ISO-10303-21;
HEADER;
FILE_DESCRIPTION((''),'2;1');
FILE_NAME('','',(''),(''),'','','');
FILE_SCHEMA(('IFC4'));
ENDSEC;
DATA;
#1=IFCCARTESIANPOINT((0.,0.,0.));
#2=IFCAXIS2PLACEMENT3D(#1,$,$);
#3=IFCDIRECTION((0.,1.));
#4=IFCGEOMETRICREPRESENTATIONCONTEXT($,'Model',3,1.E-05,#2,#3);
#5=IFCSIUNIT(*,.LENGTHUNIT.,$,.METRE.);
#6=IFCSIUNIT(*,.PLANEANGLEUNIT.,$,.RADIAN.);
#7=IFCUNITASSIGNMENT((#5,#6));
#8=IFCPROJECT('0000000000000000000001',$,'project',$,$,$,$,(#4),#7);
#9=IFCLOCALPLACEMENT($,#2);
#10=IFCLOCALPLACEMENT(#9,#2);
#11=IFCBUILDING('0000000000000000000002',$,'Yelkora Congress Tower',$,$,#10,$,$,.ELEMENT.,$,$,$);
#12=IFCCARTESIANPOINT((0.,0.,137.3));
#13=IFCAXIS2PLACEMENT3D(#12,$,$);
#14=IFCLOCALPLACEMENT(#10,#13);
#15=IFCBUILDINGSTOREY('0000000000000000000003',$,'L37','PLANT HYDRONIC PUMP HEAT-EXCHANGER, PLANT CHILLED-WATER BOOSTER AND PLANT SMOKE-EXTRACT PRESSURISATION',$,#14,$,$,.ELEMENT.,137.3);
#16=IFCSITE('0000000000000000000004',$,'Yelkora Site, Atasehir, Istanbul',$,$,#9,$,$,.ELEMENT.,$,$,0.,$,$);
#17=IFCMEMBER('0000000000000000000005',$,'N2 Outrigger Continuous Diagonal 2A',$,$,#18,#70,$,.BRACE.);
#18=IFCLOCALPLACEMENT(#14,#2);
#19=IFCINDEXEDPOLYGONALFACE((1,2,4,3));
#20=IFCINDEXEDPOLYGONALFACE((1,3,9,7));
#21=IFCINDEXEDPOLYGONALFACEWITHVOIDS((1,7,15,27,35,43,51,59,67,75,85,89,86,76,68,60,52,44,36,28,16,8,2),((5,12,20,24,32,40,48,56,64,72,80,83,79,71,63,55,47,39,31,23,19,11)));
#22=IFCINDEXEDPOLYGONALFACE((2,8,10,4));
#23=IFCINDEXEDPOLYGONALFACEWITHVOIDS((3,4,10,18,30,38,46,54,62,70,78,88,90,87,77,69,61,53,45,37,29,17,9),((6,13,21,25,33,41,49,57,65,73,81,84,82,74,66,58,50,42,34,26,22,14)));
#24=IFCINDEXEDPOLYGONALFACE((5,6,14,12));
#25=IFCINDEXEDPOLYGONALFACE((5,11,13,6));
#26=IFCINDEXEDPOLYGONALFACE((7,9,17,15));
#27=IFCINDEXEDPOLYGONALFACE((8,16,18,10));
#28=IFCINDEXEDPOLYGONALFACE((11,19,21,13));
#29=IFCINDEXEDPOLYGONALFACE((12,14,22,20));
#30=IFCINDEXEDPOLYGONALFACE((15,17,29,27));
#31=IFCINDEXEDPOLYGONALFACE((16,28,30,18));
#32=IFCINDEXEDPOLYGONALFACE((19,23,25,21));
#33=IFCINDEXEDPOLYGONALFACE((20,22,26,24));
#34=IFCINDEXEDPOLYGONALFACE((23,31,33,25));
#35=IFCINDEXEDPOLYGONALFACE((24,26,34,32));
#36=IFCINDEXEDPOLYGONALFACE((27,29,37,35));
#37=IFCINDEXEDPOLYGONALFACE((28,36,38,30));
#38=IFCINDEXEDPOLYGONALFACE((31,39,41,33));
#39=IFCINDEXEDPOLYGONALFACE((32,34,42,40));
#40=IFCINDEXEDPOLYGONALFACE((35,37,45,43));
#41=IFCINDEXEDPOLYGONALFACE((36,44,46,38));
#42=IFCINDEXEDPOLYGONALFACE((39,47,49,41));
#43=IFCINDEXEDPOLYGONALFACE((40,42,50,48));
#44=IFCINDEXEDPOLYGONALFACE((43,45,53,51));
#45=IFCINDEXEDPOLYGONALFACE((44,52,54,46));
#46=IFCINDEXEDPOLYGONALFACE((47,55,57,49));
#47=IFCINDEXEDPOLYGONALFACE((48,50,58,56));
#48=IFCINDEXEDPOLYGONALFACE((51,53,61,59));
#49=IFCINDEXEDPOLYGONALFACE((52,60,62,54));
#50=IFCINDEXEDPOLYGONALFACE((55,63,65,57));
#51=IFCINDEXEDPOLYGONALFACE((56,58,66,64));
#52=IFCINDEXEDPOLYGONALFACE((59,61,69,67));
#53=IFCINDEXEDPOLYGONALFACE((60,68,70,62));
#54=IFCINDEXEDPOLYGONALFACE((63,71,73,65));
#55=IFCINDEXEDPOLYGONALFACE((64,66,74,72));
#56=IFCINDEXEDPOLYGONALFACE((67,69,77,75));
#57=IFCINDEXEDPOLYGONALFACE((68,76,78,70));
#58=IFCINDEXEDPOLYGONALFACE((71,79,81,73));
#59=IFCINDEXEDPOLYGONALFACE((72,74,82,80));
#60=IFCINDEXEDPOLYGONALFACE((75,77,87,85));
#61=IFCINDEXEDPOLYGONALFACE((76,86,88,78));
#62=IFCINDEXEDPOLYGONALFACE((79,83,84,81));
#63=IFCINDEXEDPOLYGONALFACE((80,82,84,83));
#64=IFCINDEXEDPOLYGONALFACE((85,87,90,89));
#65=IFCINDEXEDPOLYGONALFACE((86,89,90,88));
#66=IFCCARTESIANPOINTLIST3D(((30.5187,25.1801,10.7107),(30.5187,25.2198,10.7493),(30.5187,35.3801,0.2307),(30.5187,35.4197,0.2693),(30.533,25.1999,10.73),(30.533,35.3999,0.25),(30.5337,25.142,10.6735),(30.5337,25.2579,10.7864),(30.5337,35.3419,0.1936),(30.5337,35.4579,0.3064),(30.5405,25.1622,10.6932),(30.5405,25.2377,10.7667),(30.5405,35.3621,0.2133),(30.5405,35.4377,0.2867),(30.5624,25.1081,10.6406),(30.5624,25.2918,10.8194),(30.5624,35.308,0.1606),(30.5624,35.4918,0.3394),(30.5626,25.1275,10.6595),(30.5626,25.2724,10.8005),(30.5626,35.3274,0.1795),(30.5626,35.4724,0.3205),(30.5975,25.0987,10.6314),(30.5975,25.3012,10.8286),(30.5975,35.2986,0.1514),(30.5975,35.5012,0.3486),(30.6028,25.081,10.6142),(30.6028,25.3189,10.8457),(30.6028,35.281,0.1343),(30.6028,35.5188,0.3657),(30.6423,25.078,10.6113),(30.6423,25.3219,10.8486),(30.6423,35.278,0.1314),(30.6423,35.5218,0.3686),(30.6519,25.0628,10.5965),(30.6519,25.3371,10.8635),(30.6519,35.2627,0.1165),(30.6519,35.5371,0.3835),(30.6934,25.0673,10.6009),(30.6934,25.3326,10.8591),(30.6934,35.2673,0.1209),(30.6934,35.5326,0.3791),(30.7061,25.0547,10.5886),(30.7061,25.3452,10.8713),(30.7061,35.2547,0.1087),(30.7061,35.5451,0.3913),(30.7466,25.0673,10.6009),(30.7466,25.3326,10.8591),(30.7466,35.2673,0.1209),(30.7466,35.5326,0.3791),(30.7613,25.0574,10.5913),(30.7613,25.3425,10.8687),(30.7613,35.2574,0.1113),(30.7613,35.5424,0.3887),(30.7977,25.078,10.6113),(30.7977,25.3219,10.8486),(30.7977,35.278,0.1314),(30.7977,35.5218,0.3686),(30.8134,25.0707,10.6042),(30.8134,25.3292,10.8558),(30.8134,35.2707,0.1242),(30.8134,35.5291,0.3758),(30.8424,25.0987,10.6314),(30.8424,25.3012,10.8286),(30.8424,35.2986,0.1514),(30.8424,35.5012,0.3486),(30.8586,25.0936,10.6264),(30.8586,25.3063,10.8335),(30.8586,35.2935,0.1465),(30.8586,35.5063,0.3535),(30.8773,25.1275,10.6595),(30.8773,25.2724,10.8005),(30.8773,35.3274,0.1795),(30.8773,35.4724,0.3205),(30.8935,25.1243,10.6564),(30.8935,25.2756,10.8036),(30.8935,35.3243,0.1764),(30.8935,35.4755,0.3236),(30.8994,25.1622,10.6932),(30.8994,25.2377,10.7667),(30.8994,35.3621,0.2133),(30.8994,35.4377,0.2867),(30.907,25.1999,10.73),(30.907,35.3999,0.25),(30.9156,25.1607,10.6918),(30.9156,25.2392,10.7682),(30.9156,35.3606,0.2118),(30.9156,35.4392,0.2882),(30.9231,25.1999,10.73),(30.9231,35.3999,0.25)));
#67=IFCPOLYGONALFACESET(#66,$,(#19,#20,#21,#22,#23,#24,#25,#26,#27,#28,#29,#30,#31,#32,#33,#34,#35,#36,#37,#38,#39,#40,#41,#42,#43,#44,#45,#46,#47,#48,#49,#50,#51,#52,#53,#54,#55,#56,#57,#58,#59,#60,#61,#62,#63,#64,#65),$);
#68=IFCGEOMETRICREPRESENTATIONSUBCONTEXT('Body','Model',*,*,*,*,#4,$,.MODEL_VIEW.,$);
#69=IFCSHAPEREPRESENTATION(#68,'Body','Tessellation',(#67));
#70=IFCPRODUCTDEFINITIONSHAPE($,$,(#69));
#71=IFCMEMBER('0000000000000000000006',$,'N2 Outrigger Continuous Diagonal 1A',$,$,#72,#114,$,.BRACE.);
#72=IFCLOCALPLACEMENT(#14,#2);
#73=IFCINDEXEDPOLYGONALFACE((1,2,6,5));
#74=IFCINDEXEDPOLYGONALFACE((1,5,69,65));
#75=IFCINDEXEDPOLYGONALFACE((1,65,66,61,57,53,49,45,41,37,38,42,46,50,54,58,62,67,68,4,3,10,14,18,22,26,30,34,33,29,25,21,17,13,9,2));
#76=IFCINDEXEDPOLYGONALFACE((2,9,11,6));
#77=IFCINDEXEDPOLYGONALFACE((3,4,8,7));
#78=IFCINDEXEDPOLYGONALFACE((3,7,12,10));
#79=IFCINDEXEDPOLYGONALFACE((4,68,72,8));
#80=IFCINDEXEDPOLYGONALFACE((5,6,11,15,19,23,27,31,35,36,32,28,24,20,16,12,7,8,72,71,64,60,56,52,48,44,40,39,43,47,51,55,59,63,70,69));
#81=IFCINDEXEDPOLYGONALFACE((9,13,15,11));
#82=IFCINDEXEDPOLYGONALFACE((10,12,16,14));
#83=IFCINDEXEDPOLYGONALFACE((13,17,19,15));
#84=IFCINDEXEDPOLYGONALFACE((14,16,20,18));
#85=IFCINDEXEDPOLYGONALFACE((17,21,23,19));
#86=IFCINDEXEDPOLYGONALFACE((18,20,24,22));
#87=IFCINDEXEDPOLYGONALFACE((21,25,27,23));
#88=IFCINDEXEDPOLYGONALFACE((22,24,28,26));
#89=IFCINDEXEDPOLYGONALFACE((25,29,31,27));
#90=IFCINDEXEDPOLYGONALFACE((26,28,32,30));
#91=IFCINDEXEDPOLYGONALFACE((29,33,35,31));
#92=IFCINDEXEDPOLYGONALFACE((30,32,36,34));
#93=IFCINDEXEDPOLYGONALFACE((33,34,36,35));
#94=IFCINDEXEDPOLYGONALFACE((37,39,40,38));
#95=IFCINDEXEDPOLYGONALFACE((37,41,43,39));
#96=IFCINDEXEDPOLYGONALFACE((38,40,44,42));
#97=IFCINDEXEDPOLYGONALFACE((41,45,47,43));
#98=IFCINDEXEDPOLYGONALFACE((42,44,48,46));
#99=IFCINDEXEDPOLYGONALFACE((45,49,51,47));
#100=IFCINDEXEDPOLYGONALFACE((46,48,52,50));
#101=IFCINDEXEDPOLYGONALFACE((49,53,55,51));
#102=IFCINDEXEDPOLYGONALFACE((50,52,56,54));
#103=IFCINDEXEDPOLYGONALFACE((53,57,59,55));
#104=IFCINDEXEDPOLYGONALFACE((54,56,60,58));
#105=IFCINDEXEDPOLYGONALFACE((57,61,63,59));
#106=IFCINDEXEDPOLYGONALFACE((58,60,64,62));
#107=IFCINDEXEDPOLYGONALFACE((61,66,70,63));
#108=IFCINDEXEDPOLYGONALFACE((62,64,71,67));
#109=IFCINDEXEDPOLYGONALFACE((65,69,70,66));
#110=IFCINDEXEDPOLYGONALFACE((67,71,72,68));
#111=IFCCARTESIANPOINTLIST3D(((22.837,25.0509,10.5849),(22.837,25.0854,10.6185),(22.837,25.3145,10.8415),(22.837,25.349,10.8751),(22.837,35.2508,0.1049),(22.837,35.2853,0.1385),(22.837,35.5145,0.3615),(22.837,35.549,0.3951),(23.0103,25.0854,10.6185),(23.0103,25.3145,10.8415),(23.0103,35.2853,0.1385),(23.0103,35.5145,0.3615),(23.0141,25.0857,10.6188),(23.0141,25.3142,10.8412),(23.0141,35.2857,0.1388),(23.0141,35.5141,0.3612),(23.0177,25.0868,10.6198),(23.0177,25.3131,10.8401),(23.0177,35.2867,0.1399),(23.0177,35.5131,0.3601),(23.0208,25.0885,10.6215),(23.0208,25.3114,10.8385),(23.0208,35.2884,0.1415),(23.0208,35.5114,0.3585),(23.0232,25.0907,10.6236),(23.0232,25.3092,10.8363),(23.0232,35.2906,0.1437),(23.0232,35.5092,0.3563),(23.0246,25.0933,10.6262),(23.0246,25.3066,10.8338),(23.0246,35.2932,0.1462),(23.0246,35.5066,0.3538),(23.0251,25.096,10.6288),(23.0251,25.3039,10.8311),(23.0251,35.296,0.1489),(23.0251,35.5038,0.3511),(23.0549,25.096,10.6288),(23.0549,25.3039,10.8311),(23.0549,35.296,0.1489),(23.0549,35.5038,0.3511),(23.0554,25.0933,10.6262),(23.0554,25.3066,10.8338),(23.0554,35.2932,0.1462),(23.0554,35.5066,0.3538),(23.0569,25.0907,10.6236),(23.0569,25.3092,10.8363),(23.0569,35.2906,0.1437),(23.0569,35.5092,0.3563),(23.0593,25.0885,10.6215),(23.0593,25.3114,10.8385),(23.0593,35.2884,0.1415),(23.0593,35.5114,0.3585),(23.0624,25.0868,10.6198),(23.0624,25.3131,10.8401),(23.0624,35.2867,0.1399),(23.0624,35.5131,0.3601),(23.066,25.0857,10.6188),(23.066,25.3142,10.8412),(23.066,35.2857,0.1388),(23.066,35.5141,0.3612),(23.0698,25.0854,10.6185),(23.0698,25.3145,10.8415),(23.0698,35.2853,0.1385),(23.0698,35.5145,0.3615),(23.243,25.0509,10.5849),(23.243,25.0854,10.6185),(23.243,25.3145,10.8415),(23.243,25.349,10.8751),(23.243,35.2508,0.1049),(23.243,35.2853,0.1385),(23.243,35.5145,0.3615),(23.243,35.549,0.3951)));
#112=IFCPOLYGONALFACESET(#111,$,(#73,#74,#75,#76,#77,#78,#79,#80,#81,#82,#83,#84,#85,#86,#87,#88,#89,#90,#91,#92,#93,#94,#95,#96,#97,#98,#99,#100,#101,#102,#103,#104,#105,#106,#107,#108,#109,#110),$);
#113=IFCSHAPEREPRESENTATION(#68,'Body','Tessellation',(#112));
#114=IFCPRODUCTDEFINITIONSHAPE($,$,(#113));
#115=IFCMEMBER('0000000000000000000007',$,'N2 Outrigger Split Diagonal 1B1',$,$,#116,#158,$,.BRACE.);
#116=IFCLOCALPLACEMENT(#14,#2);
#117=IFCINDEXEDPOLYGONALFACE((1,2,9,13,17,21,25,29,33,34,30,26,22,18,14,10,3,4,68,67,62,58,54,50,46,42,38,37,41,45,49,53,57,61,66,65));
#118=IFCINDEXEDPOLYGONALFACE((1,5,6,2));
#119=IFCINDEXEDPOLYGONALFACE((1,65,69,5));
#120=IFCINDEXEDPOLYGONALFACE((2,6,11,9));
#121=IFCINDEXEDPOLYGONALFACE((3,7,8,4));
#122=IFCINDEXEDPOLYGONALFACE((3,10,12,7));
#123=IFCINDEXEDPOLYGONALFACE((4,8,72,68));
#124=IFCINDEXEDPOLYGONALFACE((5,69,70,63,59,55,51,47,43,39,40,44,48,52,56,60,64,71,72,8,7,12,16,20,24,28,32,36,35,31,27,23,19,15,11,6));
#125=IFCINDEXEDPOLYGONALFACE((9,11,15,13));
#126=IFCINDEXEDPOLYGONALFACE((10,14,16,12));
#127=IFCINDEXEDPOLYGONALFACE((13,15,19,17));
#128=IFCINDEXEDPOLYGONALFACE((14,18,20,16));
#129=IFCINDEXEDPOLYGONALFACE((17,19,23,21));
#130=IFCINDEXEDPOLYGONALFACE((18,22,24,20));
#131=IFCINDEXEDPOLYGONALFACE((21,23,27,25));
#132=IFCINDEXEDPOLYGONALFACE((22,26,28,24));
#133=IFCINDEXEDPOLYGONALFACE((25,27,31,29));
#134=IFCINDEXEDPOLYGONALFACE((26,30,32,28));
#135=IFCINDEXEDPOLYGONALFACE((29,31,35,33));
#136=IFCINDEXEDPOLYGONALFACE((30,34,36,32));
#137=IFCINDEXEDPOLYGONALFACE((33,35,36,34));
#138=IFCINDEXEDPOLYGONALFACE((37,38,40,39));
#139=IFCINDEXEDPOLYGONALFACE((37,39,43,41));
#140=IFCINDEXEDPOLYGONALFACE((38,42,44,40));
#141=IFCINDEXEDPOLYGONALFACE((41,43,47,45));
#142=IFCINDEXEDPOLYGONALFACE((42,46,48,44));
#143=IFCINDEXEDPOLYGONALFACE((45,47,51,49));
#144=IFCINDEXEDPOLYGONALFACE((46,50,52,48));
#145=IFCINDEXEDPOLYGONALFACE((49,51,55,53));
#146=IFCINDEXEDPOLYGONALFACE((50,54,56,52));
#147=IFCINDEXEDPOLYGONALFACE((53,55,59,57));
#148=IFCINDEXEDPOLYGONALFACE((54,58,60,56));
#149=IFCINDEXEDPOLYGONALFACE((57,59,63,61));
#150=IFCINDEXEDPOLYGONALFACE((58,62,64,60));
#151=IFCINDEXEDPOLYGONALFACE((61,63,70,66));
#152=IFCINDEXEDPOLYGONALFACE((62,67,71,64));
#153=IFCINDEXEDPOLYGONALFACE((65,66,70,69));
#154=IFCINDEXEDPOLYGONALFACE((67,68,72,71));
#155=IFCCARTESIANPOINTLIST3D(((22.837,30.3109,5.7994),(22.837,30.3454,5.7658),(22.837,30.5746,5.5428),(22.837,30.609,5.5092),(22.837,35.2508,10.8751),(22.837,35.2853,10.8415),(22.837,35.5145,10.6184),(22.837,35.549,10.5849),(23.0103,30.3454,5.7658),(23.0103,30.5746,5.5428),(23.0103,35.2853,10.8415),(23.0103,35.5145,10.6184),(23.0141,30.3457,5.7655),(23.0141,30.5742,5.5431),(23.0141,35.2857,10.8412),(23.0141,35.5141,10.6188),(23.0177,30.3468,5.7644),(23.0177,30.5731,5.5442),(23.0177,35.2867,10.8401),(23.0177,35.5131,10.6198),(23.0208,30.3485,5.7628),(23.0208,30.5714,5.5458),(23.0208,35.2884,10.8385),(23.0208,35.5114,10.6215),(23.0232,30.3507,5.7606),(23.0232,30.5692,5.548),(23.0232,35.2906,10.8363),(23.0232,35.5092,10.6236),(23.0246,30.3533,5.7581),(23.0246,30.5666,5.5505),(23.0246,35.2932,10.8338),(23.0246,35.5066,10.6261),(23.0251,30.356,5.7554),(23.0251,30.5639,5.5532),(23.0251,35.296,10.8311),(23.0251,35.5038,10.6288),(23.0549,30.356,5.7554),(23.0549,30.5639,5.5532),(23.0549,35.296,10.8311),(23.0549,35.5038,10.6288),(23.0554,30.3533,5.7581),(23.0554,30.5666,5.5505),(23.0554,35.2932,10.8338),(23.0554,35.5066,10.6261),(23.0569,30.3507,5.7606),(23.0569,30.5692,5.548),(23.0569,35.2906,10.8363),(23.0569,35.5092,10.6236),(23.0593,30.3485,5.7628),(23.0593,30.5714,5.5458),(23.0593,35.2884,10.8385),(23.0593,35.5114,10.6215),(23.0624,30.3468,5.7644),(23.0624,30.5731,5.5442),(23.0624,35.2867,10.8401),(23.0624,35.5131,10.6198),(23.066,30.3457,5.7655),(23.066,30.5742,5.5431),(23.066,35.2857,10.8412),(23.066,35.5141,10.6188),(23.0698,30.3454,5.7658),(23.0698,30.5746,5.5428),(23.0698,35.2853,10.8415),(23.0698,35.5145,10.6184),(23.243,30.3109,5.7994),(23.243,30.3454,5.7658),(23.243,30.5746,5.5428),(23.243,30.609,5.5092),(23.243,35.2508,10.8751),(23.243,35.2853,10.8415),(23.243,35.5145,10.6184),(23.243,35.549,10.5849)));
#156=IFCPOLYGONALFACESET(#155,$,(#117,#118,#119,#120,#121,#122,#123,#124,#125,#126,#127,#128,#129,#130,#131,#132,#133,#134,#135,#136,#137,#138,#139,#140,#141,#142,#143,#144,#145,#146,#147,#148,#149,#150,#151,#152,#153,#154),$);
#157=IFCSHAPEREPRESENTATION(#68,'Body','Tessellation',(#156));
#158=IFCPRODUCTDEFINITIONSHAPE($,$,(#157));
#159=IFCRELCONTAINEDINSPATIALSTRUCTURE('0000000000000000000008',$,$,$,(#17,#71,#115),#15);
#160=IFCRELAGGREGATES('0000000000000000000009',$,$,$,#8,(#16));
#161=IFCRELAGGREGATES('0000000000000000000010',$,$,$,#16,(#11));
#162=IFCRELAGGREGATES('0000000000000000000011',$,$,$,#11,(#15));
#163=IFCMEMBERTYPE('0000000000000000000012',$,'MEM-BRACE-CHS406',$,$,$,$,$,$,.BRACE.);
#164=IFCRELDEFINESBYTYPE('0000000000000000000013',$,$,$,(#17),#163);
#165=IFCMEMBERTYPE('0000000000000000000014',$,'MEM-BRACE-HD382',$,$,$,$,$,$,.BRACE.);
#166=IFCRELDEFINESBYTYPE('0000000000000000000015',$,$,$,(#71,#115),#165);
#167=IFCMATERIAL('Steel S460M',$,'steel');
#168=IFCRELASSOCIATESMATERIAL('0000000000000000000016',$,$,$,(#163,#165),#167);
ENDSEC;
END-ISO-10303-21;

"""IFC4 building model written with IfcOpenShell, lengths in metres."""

from ifc_helpers import new_model, si_unit, direction, frame, origin, origin_2d, place, context, subcontext, project, spatial, hollow_circle, i_section, extrude, material, material_profile, profile_set, type_object, element, save


model = new_model("IFC4")

# Units and contexts
model_context = context("Model", 3, precision=1e-05, world=origin(), true_north=direction((0.0, 1.0)))
body_context = subcontext(model_context, "Body", "Model", "MODEL_VIEW")
ifc_project = project(units=[si_unit("LENGTHUNIT", "METRE"), si_unit("PLANEANGLEUNIT", "RADIAN")], contexts=[model_context])

# Site, building, storey
site_placement = place(None, origin())
site = spatial("IfcSite", under=ifc_project, at=site_placement, Name="Yelkora Site, Atasehir, Istanbul", CompositionType="ELEMENT", RefElevation=0.0)
building_placement = place(site_placement, origin())
building = spatial("IfcBuilding", under=site, at=building_placement, Name="Yelkora Congress Tower", CompositionType="ELEMENT")
storey_placement = place(building_placement, frame((0.0, 0.0, 137.3)))
storey = spatial("IfcBuildingStorey", under=building, at=storey_placement, Name="L37", Description="PLANT HYDRONIC PUMP HEAT-EXCHANGER, PLANT CHILLED-WATER BOOSTER AND PLANT SMOKE-EXTRACT PRESSURISATION", CompositionType="ELEMENT", Elevation=137.3)

# Shared definitions
ifc_material_1 = material(Name="Steel S460M", Category="steel")

# Members
ifc_material_profile_1 = material_profile(ifc_material_1, hollow_circle(Radius=0.2031, WallThickness=0.0161, at=origin_2d()), Name="CHS 406.4x16")
ifc_profile_set_1 = profile_set([ifc_material_profile_1], Name="Steel S460M")
member_type_1 = type_object("IfcMemberType", Name="MEM-BRACE-CHS406", PredefinedType="BRACE", material=ifc_profile_set_1)
member_1_placement = place(storey_placement, frame((30.72, 35.3999, 0.25), z_axis=(0.0, -0.697468, 0.716616), x_axis=(1.0, 0.0, 0.0)))
element("IfcMember", 1, at=member_1_placement, inside=storey, type_object=member_type_1, Name="N2 Outrigger Continuous Diagonal 2A", PredefinedType="BRACE", context=body_context, shape_type="SweptSolid", body=[
    extrude(hollow_circle(Radius=0.2031, WallThickness=0.0161, at=origin_2d()), origin(), (0.0, 0.0, 1.0), 14.6243),
])
ifc_material_profile_2 = material_profile(ifc_material_1, i_section(OverallWidth=0.406, OverallDepth=0.416, WebThickness=0.0298, FlangeThickness=0.0481, FilletRadius=0.0149, at=origin_2d()), Name="HD 400x382")
ifc_profile_set_2 = profile_set([ifc_material_profile_2], Name="Steel S460M")
member_type_2 = type_object("IfcMemberType", Name="MEM-BRACE-HD382", PredefinedType="BRACE", material=ifc_profile_set_2)
member_2_placement = place(storey_placement, frame((23.04, 35.3999, 0.25), z_axis=(0.0, -0.697468, 0.716616), x_axis=(1.0, 0.0, 0.0)))
element("IfcMember", 2, at=member_2_placement, inside=storey, type_object=member_type_2, Name="N2 Outrigger Continuous Diagonal 1A", PredefinedType="BRACE", context=body_context, shape_type="SweptSolid", body=[
    extrude(i_section(OverallWidth=0.406, OverallDepth=0.416, WebThickness=0.0298, FlangeThickness=0.0481, FilletRadius=0.0149, at=origin_2d()), origin(), (0.0, 0.0, 1.0), 14.6243),
])
member_3_placement = place(storey_placement, frame((23.04, 35.3999, 10.73), z_axis=(0.0, -0.697459, -0.716624), x_axis=(1.0, 0.0, 0.0)))
element("IfcMember", 3, at=member_3_placement, inside=storey, type_object=member_type_2, Name="N2 Outrigger Split Diagonal 1B1", PredefinedType="BRACE", context=body_context, shape_type="SweptSolid", body=[
    extrude(i_section(OverallWidth=0.406, OverallDepth=0.416, WebThickness=0.0298, FlangeThickness=0.0481, FilletRadius=0.0149, at=origin_2d()), origin(), (0.0, 0.0, 1.0), 7.0828),
])

save(model, "model.ifc")
